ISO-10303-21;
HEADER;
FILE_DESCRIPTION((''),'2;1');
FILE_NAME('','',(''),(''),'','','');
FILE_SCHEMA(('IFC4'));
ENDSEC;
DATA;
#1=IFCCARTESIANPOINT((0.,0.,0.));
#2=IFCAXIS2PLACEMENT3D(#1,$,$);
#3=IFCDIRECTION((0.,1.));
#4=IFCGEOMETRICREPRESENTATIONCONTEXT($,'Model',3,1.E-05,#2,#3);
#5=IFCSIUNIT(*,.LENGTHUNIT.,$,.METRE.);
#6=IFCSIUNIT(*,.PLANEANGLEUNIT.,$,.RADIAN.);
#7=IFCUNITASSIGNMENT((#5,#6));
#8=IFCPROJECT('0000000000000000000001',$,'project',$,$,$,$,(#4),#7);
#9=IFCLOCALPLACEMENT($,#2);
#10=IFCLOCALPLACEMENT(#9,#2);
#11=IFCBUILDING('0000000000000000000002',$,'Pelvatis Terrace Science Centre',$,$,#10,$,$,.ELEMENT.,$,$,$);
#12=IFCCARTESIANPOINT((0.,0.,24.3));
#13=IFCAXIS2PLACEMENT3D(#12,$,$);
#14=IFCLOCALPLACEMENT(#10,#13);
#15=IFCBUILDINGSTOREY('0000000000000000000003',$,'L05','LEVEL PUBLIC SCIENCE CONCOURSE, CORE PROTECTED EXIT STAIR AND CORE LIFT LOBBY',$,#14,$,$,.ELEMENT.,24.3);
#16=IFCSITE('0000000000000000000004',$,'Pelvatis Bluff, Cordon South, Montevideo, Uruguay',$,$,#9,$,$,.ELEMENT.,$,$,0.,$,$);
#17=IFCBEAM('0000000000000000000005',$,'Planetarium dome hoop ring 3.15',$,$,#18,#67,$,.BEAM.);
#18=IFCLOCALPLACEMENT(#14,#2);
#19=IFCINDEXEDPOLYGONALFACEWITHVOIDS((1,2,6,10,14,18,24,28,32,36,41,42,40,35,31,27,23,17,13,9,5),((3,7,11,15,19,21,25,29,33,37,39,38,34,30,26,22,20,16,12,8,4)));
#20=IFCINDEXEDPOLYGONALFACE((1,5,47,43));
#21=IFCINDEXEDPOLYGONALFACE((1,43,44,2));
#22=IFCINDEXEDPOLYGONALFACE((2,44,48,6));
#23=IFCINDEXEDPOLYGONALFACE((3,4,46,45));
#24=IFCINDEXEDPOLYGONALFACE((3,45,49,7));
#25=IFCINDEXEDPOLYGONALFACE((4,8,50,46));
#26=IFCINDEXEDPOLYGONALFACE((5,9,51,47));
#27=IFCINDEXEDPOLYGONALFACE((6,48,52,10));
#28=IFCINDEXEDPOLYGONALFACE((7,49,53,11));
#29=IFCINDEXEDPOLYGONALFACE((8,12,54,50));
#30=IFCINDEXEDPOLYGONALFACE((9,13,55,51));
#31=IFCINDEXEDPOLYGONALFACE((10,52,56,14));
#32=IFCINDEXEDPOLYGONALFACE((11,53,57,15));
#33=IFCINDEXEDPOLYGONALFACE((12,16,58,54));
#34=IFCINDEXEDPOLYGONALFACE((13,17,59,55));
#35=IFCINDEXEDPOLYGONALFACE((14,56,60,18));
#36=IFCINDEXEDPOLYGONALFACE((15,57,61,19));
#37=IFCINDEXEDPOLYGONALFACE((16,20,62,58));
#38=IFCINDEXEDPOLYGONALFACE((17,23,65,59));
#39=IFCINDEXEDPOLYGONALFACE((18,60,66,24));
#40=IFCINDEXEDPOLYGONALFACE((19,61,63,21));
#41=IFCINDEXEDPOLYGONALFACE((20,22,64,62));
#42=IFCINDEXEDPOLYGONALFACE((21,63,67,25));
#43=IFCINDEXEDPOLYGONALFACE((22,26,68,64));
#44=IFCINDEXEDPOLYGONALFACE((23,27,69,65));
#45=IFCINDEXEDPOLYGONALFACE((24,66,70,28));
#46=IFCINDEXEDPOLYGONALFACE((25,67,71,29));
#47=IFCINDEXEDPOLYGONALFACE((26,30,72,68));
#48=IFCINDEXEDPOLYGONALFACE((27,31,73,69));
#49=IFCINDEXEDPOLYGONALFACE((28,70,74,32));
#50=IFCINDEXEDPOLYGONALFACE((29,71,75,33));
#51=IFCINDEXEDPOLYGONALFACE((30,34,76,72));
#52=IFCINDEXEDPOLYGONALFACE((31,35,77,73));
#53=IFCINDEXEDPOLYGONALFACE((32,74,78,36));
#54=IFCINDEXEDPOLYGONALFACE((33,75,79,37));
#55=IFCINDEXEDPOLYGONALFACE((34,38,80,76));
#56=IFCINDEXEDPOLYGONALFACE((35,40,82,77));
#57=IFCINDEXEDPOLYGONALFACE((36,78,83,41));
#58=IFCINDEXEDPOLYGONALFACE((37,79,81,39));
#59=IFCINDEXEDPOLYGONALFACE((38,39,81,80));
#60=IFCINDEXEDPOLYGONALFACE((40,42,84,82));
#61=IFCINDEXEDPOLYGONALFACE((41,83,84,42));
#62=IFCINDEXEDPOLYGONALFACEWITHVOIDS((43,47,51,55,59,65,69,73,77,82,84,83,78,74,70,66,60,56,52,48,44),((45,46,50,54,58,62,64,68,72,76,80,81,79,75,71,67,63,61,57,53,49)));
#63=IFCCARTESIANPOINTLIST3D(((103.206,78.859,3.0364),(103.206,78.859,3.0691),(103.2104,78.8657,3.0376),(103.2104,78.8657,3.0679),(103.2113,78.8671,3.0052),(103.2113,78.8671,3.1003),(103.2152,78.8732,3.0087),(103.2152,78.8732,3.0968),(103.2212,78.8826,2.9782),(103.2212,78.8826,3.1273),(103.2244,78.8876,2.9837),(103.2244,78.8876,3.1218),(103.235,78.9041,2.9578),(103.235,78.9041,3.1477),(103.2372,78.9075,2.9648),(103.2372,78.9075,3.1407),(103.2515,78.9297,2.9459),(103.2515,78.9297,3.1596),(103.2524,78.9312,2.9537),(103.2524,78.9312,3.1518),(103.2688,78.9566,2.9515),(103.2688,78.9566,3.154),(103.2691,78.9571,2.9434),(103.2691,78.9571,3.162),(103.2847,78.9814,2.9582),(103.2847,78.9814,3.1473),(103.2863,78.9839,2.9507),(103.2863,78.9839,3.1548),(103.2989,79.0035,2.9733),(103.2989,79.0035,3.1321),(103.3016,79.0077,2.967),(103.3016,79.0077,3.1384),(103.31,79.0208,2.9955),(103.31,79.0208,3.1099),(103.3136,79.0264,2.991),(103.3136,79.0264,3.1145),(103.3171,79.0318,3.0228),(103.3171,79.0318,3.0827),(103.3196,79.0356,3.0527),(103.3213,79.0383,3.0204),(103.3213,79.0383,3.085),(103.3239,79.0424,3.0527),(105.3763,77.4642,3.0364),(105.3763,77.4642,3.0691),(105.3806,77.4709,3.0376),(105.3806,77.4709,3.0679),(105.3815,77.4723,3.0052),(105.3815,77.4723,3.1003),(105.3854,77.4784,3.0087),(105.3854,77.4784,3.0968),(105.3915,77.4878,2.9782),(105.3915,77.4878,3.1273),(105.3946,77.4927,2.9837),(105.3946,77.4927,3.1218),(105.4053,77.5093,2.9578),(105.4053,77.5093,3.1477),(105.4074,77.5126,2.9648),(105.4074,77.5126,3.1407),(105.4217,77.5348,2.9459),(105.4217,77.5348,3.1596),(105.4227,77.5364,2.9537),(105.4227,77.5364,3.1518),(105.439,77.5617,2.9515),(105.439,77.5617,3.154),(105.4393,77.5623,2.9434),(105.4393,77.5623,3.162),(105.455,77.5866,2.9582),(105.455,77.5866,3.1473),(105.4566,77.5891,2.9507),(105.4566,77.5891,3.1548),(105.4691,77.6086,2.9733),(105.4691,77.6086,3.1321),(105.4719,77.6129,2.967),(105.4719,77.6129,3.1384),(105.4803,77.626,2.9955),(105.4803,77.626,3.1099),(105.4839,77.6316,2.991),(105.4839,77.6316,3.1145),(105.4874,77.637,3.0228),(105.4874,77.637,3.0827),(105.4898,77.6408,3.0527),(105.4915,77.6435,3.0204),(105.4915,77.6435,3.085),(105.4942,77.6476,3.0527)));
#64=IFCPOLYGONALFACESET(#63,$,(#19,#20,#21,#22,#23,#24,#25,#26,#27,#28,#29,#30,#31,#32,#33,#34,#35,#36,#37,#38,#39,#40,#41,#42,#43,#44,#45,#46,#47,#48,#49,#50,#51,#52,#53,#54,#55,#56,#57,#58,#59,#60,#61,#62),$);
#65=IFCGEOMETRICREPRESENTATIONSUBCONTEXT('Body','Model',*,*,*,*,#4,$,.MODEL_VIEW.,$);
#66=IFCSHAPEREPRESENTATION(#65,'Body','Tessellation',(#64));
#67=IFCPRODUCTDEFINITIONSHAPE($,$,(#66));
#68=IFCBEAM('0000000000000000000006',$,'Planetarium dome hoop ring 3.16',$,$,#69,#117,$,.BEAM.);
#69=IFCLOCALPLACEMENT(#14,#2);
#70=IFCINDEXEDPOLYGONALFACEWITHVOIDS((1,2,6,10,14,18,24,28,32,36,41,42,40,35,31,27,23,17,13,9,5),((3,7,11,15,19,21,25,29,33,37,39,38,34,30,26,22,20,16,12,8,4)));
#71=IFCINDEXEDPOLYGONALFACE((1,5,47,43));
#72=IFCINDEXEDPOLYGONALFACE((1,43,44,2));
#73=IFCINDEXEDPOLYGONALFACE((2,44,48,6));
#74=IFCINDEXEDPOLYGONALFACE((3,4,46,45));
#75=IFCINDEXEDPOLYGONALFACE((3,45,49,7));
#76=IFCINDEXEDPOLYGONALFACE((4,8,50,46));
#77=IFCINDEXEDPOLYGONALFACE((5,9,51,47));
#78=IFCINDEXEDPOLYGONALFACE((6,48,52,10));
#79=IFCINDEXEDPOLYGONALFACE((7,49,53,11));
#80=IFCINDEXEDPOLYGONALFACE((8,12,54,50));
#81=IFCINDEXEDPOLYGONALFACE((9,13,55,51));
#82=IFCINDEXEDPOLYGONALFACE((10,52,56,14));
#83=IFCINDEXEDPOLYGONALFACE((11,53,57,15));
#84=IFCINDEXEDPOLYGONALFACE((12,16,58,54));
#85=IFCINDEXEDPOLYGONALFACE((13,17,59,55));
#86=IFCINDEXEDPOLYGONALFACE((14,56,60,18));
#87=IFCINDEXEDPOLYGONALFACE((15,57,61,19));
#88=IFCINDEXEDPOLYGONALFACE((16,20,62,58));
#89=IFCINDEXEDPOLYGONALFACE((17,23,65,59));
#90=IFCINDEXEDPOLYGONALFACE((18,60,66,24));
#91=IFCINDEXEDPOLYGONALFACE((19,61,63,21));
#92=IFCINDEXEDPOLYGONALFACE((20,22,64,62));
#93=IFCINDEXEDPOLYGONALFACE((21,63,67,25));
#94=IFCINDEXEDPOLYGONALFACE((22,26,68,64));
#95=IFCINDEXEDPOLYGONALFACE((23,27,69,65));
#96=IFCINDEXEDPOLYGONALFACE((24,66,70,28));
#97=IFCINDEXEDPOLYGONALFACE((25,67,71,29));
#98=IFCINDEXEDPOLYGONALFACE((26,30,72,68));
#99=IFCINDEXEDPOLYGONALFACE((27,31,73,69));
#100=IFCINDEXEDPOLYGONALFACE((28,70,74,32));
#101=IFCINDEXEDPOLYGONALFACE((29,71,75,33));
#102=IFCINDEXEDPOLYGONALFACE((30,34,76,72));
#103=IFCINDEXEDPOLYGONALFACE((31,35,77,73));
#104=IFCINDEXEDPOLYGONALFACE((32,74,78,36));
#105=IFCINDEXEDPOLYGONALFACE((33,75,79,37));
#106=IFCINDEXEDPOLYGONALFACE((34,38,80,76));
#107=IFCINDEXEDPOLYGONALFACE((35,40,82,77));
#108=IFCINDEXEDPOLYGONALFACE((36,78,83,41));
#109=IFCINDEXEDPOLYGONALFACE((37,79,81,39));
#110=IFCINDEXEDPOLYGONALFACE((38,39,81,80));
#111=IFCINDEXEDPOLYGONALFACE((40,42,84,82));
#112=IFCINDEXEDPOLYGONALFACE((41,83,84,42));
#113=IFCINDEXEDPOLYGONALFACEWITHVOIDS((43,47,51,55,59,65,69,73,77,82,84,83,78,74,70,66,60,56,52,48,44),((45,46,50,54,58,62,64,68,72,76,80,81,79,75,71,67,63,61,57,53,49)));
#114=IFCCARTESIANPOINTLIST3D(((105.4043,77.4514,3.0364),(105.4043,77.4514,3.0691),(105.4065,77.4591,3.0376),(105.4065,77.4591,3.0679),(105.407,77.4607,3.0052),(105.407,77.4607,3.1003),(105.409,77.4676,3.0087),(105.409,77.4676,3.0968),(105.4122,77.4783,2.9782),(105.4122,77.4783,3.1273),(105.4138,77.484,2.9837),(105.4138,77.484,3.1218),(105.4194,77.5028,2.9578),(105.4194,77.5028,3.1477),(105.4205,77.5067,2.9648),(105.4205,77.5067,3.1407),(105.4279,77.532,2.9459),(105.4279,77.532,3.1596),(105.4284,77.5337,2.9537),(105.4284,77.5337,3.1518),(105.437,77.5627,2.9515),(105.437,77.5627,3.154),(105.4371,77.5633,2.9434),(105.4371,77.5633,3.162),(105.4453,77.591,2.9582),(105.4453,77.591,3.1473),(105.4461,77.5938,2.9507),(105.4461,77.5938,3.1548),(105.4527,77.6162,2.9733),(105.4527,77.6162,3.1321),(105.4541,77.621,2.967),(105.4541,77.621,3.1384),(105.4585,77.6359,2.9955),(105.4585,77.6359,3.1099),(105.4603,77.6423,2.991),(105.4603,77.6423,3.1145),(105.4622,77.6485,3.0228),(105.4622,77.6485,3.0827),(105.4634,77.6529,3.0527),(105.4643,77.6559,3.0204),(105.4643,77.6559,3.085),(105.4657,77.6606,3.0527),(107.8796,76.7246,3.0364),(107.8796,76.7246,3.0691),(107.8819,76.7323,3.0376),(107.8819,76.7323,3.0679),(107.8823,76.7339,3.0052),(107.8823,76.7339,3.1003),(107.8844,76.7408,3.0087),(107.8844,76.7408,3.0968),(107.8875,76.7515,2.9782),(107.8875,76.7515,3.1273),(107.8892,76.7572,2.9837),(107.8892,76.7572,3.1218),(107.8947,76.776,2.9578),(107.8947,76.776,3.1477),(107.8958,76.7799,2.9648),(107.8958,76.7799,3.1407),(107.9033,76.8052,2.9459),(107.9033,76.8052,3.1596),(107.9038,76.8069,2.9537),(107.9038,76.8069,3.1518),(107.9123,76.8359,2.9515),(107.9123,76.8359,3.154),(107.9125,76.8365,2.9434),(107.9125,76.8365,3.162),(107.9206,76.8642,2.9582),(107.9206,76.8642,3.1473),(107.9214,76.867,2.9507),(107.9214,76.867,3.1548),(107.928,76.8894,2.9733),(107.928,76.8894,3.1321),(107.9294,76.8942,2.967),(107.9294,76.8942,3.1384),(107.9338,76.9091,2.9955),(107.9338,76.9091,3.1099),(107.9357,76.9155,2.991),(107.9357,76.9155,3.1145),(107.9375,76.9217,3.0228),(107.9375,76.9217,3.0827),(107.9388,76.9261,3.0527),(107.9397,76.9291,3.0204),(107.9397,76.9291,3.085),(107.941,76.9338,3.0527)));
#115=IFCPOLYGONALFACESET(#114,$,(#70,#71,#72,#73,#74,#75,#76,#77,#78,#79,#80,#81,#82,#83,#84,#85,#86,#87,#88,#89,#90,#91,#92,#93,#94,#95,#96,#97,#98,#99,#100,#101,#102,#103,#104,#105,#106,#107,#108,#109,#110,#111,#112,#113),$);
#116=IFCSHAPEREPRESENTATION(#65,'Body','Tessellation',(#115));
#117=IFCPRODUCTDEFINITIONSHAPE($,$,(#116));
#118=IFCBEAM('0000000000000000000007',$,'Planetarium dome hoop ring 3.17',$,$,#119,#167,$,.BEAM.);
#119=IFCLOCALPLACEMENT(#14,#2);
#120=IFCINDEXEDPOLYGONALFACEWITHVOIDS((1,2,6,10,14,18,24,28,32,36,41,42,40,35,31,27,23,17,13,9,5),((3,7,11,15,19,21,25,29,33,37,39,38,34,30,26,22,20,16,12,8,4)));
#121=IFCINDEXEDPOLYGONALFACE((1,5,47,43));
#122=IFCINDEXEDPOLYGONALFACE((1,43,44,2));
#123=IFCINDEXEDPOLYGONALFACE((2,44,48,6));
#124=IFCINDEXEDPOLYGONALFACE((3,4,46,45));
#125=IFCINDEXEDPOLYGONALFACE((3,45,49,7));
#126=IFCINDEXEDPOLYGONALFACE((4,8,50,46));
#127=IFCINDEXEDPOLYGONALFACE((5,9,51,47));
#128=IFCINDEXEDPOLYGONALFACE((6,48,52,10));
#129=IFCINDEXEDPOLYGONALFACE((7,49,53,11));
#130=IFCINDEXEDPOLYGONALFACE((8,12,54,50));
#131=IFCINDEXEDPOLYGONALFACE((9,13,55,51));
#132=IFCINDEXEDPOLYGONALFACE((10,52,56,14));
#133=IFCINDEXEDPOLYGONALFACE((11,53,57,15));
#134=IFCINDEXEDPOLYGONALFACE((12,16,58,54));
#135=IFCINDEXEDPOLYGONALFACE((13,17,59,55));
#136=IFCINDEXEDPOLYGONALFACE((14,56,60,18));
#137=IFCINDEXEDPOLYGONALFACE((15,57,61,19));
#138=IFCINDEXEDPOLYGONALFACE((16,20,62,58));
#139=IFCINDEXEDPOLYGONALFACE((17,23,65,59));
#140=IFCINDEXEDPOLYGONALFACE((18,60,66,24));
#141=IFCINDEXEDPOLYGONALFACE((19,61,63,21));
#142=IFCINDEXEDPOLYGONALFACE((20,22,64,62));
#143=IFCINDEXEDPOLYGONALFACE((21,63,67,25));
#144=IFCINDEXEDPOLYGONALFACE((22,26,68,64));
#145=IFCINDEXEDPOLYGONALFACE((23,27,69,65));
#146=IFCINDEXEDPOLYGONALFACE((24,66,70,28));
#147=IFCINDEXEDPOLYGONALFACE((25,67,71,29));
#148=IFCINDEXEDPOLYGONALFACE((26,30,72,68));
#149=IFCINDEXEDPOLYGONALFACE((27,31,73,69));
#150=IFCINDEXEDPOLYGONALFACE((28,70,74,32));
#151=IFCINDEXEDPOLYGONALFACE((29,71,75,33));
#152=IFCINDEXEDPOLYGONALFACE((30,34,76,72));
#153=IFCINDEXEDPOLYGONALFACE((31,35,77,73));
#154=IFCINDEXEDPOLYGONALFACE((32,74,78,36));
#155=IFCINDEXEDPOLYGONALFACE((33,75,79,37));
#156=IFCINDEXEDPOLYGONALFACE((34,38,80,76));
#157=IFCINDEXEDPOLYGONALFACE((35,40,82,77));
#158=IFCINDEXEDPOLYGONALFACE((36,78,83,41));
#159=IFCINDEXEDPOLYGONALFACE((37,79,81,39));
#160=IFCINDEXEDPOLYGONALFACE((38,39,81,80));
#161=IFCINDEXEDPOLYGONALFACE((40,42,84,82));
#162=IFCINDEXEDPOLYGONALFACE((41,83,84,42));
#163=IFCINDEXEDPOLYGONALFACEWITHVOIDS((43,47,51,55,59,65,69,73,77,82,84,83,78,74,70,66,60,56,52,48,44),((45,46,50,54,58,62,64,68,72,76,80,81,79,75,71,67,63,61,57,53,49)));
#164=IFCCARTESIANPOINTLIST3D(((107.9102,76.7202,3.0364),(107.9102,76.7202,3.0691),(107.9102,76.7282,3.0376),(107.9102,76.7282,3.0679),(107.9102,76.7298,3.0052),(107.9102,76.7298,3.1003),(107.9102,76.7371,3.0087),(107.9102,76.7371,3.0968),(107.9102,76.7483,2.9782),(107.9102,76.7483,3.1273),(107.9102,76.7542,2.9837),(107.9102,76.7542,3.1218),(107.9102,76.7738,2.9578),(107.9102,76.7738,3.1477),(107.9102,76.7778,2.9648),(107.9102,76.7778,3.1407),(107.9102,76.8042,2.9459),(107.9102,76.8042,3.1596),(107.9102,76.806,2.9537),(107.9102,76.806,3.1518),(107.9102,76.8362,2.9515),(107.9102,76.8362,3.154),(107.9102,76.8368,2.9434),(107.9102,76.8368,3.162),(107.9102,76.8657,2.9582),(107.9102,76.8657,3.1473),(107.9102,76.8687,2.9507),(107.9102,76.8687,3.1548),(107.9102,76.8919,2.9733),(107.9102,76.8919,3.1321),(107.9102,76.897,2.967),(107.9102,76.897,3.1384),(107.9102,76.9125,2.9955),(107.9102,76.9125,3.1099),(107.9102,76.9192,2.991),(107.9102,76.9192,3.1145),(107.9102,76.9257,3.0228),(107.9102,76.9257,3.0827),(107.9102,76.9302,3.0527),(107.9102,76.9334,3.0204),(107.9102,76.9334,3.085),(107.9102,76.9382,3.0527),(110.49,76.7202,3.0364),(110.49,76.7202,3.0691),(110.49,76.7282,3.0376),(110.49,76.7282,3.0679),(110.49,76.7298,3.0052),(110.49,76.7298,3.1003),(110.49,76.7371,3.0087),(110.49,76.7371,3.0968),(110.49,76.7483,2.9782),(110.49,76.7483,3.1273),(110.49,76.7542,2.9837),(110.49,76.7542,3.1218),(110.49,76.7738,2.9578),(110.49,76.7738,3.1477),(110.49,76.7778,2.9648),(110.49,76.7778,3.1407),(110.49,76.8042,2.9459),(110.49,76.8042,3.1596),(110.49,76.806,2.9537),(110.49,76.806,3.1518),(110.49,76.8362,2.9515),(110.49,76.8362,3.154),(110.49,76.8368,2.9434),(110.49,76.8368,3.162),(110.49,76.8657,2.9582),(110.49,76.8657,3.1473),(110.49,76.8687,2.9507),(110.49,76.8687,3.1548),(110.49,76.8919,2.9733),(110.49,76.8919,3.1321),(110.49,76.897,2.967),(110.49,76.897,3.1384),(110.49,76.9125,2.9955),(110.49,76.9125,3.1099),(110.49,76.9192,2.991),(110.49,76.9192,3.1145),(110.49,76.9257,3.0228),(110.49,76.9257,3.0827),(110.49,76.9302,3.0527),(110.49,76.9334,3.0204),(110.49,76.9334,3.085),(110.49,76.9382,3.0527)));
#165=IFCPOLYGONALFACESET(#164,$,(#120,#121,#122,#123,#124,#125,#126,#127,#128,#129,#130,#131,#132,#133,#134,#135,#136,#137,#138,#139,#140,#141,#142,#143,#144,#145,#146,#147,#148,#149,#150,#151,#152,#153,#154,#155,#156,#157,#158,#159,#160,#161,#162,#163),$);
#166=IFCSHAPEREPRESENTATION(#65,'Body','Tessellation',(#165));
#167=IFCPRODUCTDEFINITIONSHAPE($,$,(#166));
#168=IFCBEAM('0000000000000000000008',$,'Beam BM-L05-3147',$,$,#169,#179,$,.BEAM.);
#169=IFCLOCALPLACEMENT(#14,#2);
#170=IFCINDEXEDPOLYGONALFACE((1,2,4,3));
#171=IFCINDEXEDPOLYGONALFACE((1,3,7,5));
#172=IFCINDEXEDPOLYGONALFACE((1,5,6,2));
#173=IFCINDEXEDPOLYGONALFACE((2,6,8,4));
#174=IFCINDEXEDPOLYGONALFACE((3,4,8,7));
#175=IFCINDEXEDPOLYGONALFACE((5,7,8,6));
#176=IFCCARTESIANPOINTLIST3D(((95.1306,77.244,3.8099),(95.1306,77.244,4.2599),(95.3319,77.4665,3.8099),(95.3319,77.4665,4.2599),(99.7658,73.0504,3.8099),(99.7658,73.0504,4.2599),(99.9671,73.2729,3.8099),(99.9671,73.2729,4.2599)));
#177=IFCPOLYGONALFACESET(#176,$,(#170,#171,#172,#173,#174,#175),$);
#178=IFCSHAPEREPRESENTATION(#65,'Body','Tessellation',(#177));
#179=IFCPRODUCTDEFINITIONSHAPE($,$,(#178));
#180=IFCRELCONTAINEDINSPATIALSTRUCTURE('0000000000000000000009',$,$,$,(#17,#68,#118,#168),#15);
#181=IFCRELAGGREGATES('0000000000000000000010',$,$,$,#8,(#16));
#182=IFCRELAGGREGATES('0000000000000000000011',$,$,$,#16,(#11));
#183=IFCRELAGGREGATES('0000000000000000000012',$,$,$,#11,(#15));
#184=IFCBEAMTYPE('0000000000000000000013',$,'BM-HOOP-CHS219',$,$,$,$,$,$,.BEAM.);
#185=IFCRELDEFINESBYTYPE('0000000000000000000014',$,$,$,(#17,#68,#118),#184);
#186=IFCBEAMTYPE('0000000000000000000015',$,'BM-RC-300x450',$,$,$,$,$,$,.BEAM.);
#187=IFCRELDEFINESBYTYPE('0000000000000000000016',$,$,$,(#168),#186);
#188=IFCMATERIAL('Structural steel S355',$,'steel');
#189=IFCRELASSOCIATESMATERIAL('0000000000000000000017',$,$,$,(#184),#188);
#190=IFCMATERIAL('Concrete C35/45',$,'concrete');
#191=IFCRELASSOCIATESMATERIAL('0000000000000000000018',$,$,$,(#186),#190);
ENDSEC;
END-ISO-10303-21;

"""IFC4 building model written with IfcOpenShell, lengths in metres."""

from ifc_helpers import new_model, si_unit, direction, frame, origin, origin_2d, place, context, subcontext, project, spatial, rectangle, hollow_circle, extrude, material, material_profile, profile_set, type_object, element, save


model = new_model("IFC4")

# Units and contexts
model_context = context("Model", 3, precision=1e-05, world=origin(), true_north=direction((0.0, 1.0)))
body_context = subcontext(model_context, "Body", "Model", "MODEL_VIEW")
ifc_project = project(units=[si_unit("LENGTHUNIT", "METRE"), si_unit("PLANEANGLEUNIT", "RADIAN")], contexts=[model_context])

# Site, building, storey
site_placement = place(None, origin())
site = spatial("IfcSite", under=ifc_project, at=site_placement, Name="Pelvatis Bluff, Cordon South, Montevideo, Uruguay", CompositionType="ELEMENT", RefElevation=0.0)
building_placement = place(site_placement, origin())
building = spatial("IfcBuilding", under=site, at=building_placement, Name="Pelvatis Terrace Science Centre", CompositionType="ELEMENT")
storey_placement = place(building_placement, frame((0.0, 0.0, 24.3)))
storey = spatial("IfcBuildingStorey", under=building, at=storey_placement, Name="L05", Description="LEVEL PUBLIC SCIENCE CONCOURSE, CORE PROTECTED EXIT STAIR AND CORE LIFT LOBBY", CompositionType="ELEMENT", Elevation=24.3)

# Beams
ifc_material_1 = material(Name="Structural steel S355", Category="steel")
ifc_material_profile_1 = material_profile(ifc_material_1, hollow_circle(Radius=0.1096, WallThickness=0.0081, at=origin_2d()), Name="CHS 219.1x8.0")
ifc_profile_set_1 = profile_set([ifc_material_profile_1], Name="Structural steel S355")
beam_type_1 = type_object("IfcBeamType", Name="BM-HOOP-CHS219", PredefinedType="BEAM", material=ifc_profile_set_1)
for number, where, z_axis, x_axis, name in (
    (1, (103.2646, 78.9502, 3.0527), (0.841237, -0.540667, 0.0), (0.540667, 0.841237, 0.0), "Planetarium dome hoop ring 3.15"),
    (2, (105.4348, 77.5554, 3.0527), (0.959495, -0.281726, 0.0), (0.281726, 0.959495, 0.0), "Planetarium dome hoop ring 3.16"),
    (3, (107.9102, 76.8286, 3.0527), (1.0, 0.0, 0.0), (0.0, 1.0, 0.0), "Planetarium dome hoop ring 3.17"),
):
    element("IfcBeam", number, at=place(storey_placement, frame(where, z_axis=z_axis, x_axis=x_axis)), inside=storey, type_object=beam_type_1, Name=name, PredefinedType="BEAM", context=body_context, shape_type="SweptSolid", body=[
        extrude(hollow_circle(Radius=0.1096, WallThickness=0.0081, at=origin_2d()), origin(), (0.0, 0.0, 1.0), 2.5798),
    ])
ifc_material_2 = material(Name="Concrete C35/45", Category="concrete")
ifc_material_profile_2 = material_profile(ifc_material_2, rectangle(XDim=0.3, YDim=0.45, at=origin_2d()), Name="RC-BM 300x450")
ifc_profile_set_2 = profile_set([ifc_material_profile_2], Name="Concrete C35/45")
beam_type_2 = type_object("IfcBeamType", Name="BM-RC-300x450", PredefinedType="BEAM", material=ifc_profile_set_2)
beam_1_placement = place(storey_placement, frame((95.2312, 77.3552, 4.0349), z_axis=(0.741552, -0.670896, 0.0), x_axis=(0.670896, 0.741552, 0.0)))
element("IfcBeam", 4, at=beam_1_placement, inside=storey, type_object=beam_type_2, Name="Beam BM-L05-3147", PredefinedType="BEAM", context=body_context, shape_type="SweptSolid", body=[
    extrude(rectangle(XDim=0.3, YDim=0.45, at=origin_2d()), origin(), (0.0, 0.0, 1.0), 6.2507),
])

save(model, "model.ifc")
